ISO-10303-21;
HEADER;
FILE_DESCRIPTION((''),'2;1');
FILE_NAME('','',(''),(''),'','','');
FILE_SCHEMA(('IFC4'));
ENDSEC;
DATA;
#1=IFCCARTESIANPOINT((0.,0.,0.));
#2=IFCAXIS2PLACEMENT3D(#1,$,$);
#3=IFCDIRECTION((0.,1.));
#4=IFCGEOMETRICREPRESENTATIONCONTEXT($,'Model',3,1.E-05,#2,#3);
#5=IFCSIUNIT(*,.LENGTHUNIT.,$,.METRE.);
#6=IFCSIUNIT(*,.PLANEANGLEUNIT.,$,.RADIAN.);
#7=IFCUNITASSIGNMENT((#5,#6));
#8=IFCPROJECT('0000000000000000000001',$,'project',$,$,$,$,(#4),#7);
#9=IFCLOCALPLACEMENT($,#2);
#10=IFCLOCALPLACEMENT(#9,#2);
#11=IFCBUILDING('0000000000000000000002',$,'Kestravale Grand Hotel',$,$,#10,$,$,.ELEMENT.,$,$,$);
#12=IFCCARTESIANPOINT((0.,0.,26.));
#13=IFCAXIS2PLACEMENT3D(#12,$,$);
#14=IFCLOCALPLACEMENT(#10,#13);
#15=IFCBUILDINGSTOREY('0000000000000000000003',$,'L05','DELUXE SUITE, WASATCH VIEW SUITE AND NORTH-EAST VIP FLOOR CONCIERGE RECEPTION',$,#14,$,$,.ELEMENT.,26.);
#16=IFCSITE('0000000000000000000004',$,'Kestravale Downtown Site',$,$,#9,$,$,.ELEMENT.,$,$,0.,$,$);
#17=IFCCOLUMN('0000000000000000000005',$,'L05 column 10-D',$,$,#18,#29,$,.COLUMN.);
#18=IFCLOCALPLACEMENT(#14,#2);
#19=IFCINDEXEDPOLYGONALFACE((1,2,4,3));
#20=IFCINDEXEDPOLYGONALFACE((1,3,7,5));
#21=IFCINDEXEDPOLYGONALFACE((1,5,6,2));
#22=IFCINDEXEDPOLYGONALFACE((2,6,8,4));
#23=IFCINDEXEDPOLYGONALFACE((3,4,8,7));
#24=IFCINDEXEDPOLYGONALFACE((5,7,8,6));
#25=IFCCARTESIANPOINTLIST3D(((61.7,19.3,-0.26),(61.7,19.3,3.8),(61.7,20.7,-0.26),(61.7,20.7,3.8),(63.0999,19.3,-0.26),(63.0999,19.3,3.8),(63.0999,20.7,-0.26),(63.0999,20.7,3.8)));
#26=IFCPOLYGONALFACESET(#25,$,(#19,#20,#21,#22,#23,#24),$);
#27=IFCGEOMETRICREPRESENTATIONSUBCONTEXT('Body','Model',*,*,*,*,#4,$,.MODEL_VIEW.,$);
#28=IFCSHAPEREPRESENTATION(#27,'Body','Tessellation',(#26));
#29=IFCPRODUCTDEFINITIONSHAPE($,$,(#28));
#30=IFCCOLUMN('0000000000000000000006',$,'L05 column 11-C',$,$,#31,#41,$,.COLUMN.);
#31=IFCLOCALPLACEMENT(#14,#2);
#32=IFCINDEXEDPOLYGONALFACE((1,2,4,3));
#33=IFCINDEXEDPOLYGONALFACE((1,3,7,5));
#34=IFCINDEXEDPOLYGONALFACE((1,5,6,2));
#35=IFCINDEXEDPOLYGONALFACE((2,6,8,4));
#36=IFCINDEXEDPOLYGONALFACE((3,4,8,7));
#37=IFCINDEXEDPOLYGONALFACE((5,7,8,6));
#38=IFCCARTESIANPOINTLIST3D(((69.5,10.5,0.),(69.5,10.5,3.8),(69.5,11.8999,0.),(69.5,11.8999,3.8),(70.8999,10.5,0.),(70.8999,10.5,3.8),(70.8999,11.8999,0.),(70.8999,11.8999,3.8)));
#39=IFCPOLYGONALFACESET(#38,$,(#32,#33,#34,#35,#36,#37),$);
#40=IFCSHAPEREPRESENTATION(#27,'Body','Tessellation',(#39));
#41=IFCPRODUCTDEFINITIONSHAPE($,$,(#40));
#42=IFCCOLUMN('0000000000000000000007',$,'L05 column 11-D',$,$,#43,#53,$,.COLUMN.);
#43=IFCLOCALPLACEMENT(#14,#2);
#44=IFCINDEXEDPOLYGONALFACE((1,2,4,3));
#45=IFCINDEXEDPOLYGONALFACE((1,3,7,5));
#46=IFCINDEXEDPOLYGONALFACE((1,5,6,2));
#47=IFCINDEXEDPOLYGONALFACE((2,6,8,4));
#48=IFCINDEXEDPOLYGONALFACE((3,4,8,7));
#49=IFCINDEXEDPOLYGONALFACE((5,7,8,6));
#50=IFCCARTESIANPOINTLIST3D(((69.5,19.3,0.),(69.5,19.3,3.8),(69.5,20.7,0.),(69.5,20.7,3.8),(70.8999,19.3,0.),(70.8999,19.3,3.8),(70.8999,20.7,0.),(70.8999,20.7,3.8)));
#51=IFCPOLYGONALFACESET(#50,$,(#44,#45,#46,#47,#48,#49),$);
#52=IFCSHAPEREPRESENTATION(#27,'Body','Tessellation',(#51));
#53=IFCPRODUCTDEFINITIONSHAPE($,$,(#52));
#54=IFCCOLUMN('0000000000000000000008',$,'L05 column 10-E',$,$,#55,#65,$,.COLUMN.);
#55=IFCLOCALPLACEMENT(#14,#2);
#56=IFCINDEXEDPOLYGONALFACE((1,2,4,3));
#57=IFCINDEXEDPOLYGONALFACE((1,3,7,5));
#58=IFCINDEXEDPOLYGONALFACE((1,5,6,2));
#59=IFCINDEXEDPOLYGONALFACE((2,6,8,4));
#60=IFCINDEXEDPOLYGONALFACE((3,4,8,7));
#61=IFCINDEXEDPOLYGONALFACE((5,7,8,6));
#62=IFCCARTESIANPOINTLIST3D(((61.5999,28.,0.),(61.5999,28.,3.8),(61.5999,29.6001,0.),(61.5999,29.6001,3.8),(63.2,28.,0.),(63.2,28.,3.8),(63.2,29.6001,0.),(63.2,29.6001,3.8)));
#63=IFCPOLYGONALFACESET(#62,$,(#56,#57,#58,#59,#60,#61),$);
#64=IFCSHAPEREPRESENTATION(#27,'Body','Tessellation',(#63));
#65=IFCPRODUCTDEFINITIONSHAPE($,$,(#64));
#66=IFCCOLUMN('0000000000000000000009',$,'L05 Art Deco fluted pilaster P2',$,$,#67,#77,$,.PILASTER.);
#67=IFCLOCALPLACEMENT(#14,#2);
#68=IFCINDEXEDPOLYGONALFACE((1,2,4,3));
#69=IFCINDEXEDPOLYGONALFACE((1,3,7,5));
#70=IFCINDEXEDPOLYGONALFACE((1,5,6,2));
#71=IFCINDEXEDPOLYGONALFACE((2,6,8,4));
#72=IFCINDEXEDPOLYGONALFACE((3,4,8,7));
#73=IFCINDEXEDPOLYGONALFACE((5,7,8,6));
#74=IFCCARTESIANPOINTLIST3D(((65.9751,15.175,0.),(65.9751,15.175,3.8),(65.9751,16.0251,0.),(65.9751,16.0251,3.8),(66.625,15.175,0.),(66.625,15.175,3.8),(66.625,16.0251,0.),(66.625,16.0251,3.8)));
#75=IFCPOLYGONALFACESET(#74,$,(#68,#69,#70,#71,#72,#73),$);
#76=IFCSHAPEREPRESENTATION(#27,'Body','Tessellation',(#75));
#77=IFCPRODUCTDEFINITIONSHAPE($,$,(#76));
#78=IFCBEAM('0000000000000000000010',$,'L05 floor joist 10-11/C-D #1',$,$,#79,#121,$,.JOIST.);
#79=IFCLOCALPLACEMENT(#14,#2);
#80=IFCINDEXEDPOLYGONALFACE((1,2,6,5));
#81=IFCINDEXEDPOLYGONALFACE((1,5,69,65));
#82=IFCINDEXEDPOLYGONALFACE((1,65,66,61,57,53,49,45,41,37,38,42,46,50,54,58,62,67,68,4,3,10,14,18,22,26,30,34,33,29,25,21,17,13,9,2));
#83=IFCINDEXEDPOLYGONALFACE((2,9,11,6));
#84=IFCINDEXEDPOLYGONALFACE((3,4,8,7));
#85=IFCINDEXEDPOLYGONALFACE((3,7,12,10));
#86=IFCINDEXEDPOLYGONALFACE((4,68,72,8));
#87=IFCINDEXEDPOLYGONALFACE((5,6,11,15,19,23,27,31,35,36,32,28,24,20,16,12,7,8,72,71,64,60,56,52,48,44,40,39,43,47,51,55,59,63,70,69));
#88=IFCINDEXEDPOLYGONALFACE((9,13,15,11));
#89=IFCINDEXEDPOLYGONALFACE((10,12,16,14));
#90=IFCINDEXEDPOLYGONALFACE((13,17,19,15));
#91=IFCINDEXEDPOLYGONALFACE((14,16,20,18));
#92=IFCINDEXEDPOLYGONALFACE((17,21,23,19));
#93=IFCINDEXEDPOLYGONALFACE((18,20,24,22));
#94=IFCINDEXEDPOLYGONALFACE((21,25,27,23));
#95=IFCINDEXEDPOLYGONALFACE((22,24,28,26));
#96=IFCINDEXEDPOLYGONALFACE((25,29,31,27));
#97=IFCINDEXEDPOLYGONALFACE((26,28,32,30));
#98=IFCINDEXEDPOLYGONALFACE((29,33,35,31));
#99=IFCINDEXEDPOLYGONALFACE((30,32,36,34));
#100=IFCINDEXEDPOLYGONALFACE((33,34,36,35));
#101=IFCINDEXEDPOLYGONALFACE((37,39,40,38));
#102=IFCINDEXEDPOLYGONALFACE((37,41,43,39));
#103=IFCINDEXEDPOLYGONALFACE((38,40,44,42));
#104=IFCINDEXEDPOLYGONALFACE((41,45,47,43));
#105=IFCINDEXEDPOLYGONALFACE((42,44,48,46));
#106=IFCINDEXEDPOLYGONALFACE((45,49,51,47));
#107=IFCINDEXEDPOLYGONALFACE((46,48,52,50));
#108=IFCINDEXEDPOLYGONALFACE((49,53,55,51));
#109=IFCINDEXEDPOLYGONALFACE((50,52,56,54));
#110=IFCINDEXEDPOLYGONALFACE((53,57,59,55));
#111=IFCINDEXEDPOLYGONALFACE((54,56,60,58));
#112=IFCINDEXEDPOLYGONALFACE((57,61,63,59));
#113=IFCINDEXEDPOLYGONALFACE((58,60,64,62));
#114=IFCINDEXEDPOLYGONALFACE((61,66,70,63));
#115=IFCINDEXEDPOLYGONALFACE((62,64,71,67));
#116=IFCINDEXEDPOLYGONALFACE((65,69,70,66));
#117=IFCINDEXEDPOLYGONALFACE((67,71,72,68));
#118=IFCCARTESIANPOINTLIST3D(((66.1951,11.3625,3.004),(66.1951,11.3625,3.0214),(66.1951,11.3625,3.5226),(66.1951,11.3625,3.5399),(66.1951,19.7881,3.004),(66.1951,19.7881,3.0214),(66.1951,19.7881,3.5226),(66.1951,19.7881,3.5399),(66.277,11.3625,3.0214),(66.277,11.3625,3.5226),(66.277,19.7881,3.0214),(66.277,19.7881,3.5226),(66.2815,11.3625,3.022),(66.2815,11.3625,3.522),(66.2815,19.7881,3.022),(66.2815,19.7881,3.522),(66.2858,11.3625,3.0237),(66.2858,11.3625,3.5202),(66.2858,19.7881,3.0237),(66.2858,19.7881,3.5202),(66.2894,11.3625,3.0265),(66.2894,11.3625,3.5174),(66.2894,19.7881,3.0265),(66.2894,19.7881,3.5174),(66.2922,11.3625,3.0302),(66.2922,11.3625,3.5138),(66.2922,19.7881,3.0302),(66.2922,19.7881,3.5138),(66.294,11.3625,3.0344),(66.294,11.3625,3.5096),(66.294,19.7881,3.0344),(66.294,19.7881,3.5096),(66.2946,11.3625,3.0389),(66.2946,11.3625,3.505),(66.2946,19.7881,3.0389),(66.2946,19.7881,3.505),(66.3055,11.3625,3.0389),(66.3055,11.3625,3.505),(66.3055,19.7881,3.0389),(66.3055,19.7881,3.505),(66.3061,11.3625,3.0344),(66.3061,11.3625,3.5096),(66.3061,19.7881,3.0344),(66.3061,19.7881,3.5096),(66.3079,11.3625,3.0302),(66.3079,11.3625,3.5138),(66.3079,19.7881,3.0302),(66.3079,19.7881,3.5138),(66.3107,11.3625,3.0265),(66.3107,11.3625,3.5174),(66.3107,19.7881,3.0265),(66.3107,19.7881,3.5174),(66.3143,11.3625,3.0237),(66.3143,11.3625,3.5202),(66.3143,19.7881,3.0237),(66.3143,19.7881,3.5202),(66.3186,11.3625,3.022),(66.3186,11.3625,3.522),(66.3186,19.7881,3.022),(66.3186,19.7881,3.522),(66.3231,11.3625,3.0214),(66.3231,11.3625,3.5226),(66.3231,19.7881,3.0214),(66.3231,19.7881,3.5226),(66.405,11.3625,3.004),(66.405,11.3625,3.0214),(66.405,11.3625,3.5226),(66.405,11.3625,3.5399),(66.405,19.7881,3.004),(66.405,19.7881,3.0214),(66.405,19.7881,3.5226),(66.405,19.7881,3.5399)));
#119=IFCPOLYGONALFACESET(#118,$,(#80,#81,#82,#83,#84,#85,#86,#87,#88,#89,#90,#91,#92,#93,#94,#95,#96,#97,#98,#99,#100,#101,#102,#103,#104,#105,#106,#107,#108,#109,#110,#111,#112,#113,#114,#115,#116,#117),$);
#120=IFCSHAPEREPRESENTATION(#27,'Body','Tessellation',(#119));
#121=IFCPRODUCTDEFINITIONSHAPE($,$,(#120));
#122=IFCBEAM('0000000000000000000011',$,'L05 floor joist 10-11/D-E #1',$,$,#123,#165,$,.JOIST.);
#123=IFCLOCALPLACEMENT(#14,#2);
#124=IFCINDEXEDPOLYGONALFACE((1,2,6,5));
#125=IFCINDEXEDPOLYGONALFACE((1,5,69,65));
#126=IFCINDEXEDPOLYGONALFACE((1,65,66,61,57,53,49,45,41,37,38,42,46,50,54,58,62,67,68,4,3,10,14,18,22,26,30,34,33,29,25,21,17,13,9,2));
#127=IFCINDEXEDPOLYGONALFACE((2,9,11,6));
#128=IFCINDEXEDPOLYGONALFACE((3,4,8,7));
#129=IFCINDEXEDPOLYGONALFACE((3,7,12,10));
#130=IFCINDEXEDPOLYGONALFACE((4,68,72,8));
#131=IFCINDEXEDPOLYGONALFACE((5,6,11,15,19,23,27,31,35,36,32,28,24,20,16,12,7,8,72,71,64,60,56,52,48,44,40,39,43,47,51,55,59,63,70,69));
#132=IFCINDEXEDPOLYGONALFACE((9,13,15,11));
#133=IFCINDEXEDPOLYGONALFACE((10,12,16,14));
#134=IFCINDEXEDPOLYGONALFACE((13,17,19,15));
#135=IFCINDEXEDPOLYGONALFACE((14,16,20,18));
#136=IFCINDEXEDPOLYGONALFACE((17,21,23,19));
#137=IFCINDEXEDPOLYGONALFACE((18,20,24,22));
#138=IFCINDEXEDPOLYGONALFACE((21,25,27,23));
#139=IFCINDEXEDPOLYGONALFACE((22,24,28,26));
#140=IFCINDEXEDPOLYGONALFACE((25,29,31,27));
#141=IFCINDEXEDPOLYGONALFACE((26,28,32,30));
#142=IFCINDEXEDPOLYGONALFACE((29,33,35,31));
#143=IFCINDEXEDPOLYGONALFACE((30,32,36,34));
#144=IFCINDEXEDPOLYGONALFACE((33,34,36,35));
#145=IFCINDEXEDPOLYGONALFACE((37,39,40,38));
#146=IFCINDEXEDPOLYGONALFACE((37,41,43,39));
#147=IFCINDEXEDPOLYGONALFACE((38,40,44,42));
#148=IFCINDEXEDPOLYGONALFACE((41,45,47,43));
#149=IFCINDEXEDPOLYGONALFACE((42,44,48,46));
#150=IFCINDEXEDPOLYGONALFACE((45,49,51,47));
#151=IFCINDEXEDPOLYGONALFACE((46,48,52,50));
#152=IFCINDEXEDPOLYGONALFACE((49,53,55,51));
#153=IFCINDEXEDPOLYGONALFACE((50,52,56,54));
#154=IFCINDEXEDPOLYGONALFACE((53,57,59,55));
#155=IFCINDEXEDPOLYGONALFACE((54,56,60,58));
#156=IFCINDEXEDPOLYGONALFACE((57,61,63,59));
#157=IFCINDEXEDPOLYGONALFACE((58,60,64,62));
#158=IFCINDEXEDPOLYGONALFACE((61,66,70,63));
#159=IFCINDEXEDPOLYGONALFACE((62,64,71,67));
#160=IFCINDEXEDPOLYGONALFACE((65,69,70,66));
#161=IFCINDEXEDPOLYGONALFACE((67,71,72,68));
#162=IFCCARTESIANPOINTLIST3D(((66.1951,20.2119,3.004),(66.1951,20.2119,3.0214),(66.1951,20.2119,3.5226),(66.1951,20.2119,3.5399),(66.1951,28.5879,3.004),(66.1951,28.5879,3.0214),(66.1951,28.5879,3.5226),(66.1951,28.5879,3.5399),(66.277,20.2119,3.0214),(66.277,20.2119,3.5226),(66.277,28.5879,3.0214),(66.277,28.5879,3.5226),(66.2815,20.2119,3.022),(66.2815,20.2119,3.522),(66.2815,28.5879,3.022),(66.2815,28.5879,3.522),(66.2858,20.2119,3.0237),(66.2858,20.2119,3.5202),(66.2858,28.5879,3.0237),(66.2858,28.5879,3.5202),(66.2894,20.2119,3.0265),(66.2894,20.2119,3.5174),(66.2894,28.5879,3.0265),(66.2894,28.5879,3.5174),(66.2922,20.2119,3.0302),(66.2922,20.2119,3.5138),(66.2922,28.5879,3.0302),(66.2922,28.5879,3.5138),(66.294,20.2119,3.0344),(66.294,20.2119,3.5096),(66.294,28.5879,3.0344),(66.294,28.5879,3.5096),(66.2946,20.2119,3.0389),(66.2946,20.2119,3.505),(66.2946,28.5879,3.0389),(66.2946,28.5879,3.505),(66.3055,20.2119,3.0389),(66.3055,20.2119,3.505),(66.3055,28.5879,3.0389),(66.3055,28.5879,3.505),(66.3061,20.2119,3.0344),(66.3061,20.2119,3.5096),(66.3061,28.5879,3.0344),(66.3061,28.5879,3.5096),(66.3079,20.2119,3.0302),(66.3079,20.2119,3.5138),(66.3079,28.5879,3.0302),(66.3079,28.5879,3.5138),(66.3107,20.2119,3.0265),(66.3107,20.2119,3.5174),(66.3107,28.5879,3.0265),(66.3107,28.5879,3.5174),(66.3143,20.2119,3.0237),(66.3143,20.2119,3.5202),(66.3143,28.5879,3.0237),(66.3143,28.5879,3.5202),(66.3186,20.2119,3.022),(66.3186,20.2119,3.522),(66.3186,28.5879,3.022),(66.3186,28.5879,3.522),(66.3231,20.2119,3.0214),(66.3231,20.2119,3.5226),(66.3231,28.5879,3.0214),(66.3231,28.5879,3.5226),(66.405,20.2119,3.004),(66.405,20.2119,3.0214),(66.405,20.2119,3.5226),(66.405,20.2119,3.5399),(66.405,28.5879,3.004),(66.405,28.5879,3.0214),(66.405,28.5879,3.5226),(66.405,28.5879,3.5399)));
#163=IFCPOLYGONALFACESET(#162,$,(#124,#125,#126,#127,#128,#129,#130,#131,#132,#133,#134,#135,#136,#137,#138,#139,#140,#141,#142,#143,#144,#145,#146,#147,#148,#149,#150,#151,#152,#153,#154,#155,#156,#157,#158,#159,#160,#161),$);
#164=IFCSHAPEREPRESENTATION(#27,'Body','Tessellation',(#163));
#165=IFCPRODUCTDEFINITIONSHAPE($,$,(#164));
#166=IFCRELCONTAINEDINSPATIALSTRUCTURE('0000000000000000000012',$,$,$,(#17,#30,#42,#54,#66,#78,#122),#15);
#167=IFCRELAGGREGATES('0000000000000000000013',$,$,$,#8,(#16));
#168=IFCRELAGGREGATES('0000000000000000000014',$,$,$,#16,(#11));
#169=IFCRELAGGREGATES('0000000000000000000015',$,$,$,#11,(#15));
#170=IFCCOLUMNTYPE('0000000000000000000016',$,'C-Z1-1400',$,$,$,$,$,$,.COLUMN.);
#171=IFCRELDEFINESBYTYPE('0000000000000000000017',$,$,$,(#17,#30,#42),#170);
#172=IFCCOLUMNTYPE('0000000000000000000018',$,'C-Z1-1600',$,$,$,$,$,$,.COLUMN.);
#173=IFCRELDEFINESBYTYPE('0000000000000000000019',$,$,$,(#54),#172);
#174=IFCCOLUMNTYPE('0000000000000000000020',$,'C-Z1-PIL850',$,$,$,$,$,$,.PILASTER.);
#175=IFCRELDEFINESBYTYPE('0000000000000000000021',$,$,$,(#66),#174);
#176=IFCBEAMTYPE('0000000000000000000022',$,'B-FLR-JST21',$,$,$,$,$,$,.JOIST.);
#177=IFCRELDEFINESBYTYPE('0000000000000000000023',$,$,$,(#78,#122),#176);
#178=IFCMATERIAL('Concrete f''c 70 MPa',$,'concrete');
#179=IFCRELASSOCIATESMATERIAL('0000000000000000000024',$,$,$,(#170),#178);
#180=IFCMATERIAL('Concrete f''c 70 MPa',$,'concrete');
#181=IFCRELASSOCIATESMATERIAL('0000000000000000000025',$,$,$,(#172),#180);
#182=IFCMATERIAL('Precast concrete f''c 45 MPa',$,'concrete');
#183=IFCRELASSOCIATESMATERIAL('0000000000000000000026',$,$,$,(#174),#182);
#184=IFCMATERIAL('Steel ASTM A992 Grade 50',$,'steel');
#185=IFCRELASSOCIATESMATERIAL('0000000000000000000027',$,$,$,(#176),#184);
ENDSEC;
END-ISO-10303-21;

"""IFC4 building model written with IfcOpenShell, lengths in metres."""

from ifc_helpers import new_model, si_unit, direction, frame, origin, origin_2d, place, context, subcontext, project, spatial, rectangle, i_section, extrude, material, material_profile, profile_set, type_object, element, save


model = new_model("IFC4")

# Units and contexts
model_context = context("Model", 3, precision=1e-05, world=origin(), true_north=direction((0.0, 1.0)))
body_context = subcontext(model_context, "Body", "Model", "MODEL_VIEW")
ifc_project = project(units=[si_unit("LENGTHUNIT", "METRE"), si_unit("PLANEANGLEUNIT", "RADIAN")], contexts=[model_context])

# Site, building, storey
site_placement = place(None, origin())
site = spatial("IfcSite", under=ifc_project, at=site_placement, Name="Kestravale Downtown Site", CompositionType="ELEMENT", RefElevation=0.0)
building_placement = place(site_placement, origin())
building = spatial("IfcBuilding", under=site, at=building_placement, Name="Kestravale Grand Hotel", CompositionType="ELEMENT")
storey_placement = place(building_placement, frame((0.0, 0.0, 26.0)))
storey = spatial("IfcBuildingStorey", under=building, at=storey_placement, Name="L05", Description="DELUXE SUITE, WASATCH VIEW SUITE AND NORTH-EAST VIP FLOOR CONCIERGE RECEPTION", CompositionType="ELEMENT", Elevation=26.0)

# Columns
ifc_material_1 = material(Name="Concrete f'c 70 MPa", Category="concrete")
ifc_material_profile_1 = material_profile(ifc_material_1, rectangle(XDim=1.3999, YDim=1.3999, at=origin_2d()))
ifc_profile_set_1 = profile_set([ifc_material_profile_1], Name="Concrete f'c 70 MPa")
column_type_1 = type_object("IfcColumnType", Name="C-Z1-1400", PredefinedType="COLUMN", material=ifc_profile_set_1)
column_1_placement = place(storey_placement, frame((62.3999, 20.0, -0.26), z_axis=(0.0, 0.0, 1.0), x_axis=(1.0, 0.0, 0.0)))
element("IfcColumn", 1, at=column_1_placement, inside=storey, type_object=column_type_1, Name="L05 column 10-D", PredefinedType="COLUMN", context=body_context, shape_type="SweptSolid", body=[
    extrude(rectangle(XDim=1.3999, YDim=1.3999, at=origin_2d()), origin(), (0.0, 0.0, 1.0), 4.0601),
])
for number, where, z_axis, x_axis, name in (
    (2, (70.2, 11.2, 0.0), (0.0, 0.0, 1.0), (1.0, 0.0, 0.0), "L05 column 11-C"),
    (3, (70.2, 20.0, 0.0), (0.0, 0.0, 1.0), (1.0, 0.0, 0.0), "L05 column 11-D"),
):
    element("IfcColumn", number, at=place(storey_placement, frame(where, z_axis=z_axis, x_axis=x_axis)), inside=storey, type_object=column_type_1, Name=name, PredefinedType="COLUMN", context=body_context, shape_type="SweptSolid", body=[
        extrude(rectangle(XDim=1.3999, YDim=1.3999, at=origin_2d()), origin(), (0.0, 0.0, 1.0), 3.8),
    ])
ifc_material_2 = material(Name="Concrete f'c 70 MPa", Category="concrete")
ifc_material_profile_2 = material_profile(ifc_material_2, rectangle(XDim=1.6001, YDim=1.6001, at=origin_2d()))
ifc_profile_set_2 = profile_set([ifc_material_profile_2], Name="Concrete f'c 70 MPa")
column_type_2 = type_object("IfcColumnType", Name="C-Z1-1600", PredefinedType="COLUMN", material=ifc_profile_set_2)
column_2_placement = place(storey_placement, frame((62.3999, 28.8, 0.0), z_axis=(0.0, 0.0, 1.0), x_axis=(1.0, 0.0, 0.0)))
element("IfcColumn", 4, at=column_2_placement, inside=storey, type_object=column_type_2, Name="L05 column 10-E", PredefinedType="COLUMN", context=body_context, shape_type="SweptSolid", body=[
    extrude(rectangle(XDim=1.6001, YDim=1.6001, at=origin_2d()), origin(), (0.0, 0.0, 1.0), 3.8),
])
ifc_material_3 = material(Name="Precast concrete f'c 45 MPa", Category="concrete")
ifc_material_profile_3 = material_profile(ifc_material_3, rectangle(XDim=0.6499, YDim=0.8501, at=origin_2d()))
ifc_profile_set_3 = profile_set([ifc_material_profile_3], Name="Precast concrete f'c 45 MPa")
column_type_3 = type_object("IfcColumnType", Name="C-Z1-PIL850", PredefinedType="PILASTER", material=ifc_profile_set_3)
column_3_placement = place(storey_placement, frame((66.3, 15.6001, 0.0), z_axis=(0.0, 0.0, 1.0), x_axis=(1.0, 0.0, 0.0)))
element("IfcColumn", 5, at=column_3_placement, inside=storey, type_object=column_type_3, Name="L05 Art Deco fluted pilaster P2", PredefinedType="PILASTER", context=body_context, shape_type="SweptSolid", body=[
    extrude(rectangle(XDim=0.6499, YDim=0.8501, at=origin_2d()), origin(), (0.0, 0.0, 1.0), 3.8),
])

# Beams
ifc_material_4 = material(Name="Steel ASTM A992 Grade 50", Category="steel")
ifc_material_profile_4 = material_profile(ifc_material_4, i_section(OverallWidth=0.21, OverallDepth=0.5359, WebThickness=0.011, FlangeThickness=0.0173, FilletRadius=0.0176, at=origin_2d()))
ifc_profile_set_4 = profile_set([ifc_material_profile_4], Name="Steel ASTM A992 Grade 50")
beam_type_1 = type_object("IfcBeamType", Name="B-FLR-JST21", PredefinedType="JOIST", material=ifc_profile_set_4)
beam_1_placement = place(storey_placement, frame((66.3, 11.3625, 3.272), z_axis=(0.0, 1.0, 0.0), x_axis=(-1.0, 0.0, 0.0)))
element("IfcBeam", 6, at=beam_1_placement, inside=storey, type_object=beam_type_1, Name="L05 floor joist 10-11/C-D #1", PredefinedType="JOIST", context=body_context, shape_type="SweptSolid", body=[
    extrude(i_section(OverallWidth=0.21, OverallDepth=0.5359, WebThickness=0.011, FlangeThickness=0.0173, FilletRadius=0.0176, at=origin_2d()), origin(), (0.0, 0.0, 1.0), 8.4255),
])
beam_2_placement = place(storey_placement, frame((66.3, 20.2119, 3.272), z_axis=(0.0, 1.0, 0.0), x_axis=(-1.0, 0.0, 0.0)))
element("IfcBeam", 7, at=beam_2_placement, inside=storey, type_object=beam_type_1, Name="L05 floor joist 10-11/D-E #1", PredefinedType="JOIST", context=body_context, shape_type="SweptSolid", body=[
    extrude(i_section(OverallWidth=0.21, OverallDepth=0.5359, WebThickness=0.011, FlangeThickness=0.0173, FilletRadius=0.0176, at=origin_2d()), origin(), (0.0, 0.0, 1.0), 8.376),
])

save(model, "model.ifc")
